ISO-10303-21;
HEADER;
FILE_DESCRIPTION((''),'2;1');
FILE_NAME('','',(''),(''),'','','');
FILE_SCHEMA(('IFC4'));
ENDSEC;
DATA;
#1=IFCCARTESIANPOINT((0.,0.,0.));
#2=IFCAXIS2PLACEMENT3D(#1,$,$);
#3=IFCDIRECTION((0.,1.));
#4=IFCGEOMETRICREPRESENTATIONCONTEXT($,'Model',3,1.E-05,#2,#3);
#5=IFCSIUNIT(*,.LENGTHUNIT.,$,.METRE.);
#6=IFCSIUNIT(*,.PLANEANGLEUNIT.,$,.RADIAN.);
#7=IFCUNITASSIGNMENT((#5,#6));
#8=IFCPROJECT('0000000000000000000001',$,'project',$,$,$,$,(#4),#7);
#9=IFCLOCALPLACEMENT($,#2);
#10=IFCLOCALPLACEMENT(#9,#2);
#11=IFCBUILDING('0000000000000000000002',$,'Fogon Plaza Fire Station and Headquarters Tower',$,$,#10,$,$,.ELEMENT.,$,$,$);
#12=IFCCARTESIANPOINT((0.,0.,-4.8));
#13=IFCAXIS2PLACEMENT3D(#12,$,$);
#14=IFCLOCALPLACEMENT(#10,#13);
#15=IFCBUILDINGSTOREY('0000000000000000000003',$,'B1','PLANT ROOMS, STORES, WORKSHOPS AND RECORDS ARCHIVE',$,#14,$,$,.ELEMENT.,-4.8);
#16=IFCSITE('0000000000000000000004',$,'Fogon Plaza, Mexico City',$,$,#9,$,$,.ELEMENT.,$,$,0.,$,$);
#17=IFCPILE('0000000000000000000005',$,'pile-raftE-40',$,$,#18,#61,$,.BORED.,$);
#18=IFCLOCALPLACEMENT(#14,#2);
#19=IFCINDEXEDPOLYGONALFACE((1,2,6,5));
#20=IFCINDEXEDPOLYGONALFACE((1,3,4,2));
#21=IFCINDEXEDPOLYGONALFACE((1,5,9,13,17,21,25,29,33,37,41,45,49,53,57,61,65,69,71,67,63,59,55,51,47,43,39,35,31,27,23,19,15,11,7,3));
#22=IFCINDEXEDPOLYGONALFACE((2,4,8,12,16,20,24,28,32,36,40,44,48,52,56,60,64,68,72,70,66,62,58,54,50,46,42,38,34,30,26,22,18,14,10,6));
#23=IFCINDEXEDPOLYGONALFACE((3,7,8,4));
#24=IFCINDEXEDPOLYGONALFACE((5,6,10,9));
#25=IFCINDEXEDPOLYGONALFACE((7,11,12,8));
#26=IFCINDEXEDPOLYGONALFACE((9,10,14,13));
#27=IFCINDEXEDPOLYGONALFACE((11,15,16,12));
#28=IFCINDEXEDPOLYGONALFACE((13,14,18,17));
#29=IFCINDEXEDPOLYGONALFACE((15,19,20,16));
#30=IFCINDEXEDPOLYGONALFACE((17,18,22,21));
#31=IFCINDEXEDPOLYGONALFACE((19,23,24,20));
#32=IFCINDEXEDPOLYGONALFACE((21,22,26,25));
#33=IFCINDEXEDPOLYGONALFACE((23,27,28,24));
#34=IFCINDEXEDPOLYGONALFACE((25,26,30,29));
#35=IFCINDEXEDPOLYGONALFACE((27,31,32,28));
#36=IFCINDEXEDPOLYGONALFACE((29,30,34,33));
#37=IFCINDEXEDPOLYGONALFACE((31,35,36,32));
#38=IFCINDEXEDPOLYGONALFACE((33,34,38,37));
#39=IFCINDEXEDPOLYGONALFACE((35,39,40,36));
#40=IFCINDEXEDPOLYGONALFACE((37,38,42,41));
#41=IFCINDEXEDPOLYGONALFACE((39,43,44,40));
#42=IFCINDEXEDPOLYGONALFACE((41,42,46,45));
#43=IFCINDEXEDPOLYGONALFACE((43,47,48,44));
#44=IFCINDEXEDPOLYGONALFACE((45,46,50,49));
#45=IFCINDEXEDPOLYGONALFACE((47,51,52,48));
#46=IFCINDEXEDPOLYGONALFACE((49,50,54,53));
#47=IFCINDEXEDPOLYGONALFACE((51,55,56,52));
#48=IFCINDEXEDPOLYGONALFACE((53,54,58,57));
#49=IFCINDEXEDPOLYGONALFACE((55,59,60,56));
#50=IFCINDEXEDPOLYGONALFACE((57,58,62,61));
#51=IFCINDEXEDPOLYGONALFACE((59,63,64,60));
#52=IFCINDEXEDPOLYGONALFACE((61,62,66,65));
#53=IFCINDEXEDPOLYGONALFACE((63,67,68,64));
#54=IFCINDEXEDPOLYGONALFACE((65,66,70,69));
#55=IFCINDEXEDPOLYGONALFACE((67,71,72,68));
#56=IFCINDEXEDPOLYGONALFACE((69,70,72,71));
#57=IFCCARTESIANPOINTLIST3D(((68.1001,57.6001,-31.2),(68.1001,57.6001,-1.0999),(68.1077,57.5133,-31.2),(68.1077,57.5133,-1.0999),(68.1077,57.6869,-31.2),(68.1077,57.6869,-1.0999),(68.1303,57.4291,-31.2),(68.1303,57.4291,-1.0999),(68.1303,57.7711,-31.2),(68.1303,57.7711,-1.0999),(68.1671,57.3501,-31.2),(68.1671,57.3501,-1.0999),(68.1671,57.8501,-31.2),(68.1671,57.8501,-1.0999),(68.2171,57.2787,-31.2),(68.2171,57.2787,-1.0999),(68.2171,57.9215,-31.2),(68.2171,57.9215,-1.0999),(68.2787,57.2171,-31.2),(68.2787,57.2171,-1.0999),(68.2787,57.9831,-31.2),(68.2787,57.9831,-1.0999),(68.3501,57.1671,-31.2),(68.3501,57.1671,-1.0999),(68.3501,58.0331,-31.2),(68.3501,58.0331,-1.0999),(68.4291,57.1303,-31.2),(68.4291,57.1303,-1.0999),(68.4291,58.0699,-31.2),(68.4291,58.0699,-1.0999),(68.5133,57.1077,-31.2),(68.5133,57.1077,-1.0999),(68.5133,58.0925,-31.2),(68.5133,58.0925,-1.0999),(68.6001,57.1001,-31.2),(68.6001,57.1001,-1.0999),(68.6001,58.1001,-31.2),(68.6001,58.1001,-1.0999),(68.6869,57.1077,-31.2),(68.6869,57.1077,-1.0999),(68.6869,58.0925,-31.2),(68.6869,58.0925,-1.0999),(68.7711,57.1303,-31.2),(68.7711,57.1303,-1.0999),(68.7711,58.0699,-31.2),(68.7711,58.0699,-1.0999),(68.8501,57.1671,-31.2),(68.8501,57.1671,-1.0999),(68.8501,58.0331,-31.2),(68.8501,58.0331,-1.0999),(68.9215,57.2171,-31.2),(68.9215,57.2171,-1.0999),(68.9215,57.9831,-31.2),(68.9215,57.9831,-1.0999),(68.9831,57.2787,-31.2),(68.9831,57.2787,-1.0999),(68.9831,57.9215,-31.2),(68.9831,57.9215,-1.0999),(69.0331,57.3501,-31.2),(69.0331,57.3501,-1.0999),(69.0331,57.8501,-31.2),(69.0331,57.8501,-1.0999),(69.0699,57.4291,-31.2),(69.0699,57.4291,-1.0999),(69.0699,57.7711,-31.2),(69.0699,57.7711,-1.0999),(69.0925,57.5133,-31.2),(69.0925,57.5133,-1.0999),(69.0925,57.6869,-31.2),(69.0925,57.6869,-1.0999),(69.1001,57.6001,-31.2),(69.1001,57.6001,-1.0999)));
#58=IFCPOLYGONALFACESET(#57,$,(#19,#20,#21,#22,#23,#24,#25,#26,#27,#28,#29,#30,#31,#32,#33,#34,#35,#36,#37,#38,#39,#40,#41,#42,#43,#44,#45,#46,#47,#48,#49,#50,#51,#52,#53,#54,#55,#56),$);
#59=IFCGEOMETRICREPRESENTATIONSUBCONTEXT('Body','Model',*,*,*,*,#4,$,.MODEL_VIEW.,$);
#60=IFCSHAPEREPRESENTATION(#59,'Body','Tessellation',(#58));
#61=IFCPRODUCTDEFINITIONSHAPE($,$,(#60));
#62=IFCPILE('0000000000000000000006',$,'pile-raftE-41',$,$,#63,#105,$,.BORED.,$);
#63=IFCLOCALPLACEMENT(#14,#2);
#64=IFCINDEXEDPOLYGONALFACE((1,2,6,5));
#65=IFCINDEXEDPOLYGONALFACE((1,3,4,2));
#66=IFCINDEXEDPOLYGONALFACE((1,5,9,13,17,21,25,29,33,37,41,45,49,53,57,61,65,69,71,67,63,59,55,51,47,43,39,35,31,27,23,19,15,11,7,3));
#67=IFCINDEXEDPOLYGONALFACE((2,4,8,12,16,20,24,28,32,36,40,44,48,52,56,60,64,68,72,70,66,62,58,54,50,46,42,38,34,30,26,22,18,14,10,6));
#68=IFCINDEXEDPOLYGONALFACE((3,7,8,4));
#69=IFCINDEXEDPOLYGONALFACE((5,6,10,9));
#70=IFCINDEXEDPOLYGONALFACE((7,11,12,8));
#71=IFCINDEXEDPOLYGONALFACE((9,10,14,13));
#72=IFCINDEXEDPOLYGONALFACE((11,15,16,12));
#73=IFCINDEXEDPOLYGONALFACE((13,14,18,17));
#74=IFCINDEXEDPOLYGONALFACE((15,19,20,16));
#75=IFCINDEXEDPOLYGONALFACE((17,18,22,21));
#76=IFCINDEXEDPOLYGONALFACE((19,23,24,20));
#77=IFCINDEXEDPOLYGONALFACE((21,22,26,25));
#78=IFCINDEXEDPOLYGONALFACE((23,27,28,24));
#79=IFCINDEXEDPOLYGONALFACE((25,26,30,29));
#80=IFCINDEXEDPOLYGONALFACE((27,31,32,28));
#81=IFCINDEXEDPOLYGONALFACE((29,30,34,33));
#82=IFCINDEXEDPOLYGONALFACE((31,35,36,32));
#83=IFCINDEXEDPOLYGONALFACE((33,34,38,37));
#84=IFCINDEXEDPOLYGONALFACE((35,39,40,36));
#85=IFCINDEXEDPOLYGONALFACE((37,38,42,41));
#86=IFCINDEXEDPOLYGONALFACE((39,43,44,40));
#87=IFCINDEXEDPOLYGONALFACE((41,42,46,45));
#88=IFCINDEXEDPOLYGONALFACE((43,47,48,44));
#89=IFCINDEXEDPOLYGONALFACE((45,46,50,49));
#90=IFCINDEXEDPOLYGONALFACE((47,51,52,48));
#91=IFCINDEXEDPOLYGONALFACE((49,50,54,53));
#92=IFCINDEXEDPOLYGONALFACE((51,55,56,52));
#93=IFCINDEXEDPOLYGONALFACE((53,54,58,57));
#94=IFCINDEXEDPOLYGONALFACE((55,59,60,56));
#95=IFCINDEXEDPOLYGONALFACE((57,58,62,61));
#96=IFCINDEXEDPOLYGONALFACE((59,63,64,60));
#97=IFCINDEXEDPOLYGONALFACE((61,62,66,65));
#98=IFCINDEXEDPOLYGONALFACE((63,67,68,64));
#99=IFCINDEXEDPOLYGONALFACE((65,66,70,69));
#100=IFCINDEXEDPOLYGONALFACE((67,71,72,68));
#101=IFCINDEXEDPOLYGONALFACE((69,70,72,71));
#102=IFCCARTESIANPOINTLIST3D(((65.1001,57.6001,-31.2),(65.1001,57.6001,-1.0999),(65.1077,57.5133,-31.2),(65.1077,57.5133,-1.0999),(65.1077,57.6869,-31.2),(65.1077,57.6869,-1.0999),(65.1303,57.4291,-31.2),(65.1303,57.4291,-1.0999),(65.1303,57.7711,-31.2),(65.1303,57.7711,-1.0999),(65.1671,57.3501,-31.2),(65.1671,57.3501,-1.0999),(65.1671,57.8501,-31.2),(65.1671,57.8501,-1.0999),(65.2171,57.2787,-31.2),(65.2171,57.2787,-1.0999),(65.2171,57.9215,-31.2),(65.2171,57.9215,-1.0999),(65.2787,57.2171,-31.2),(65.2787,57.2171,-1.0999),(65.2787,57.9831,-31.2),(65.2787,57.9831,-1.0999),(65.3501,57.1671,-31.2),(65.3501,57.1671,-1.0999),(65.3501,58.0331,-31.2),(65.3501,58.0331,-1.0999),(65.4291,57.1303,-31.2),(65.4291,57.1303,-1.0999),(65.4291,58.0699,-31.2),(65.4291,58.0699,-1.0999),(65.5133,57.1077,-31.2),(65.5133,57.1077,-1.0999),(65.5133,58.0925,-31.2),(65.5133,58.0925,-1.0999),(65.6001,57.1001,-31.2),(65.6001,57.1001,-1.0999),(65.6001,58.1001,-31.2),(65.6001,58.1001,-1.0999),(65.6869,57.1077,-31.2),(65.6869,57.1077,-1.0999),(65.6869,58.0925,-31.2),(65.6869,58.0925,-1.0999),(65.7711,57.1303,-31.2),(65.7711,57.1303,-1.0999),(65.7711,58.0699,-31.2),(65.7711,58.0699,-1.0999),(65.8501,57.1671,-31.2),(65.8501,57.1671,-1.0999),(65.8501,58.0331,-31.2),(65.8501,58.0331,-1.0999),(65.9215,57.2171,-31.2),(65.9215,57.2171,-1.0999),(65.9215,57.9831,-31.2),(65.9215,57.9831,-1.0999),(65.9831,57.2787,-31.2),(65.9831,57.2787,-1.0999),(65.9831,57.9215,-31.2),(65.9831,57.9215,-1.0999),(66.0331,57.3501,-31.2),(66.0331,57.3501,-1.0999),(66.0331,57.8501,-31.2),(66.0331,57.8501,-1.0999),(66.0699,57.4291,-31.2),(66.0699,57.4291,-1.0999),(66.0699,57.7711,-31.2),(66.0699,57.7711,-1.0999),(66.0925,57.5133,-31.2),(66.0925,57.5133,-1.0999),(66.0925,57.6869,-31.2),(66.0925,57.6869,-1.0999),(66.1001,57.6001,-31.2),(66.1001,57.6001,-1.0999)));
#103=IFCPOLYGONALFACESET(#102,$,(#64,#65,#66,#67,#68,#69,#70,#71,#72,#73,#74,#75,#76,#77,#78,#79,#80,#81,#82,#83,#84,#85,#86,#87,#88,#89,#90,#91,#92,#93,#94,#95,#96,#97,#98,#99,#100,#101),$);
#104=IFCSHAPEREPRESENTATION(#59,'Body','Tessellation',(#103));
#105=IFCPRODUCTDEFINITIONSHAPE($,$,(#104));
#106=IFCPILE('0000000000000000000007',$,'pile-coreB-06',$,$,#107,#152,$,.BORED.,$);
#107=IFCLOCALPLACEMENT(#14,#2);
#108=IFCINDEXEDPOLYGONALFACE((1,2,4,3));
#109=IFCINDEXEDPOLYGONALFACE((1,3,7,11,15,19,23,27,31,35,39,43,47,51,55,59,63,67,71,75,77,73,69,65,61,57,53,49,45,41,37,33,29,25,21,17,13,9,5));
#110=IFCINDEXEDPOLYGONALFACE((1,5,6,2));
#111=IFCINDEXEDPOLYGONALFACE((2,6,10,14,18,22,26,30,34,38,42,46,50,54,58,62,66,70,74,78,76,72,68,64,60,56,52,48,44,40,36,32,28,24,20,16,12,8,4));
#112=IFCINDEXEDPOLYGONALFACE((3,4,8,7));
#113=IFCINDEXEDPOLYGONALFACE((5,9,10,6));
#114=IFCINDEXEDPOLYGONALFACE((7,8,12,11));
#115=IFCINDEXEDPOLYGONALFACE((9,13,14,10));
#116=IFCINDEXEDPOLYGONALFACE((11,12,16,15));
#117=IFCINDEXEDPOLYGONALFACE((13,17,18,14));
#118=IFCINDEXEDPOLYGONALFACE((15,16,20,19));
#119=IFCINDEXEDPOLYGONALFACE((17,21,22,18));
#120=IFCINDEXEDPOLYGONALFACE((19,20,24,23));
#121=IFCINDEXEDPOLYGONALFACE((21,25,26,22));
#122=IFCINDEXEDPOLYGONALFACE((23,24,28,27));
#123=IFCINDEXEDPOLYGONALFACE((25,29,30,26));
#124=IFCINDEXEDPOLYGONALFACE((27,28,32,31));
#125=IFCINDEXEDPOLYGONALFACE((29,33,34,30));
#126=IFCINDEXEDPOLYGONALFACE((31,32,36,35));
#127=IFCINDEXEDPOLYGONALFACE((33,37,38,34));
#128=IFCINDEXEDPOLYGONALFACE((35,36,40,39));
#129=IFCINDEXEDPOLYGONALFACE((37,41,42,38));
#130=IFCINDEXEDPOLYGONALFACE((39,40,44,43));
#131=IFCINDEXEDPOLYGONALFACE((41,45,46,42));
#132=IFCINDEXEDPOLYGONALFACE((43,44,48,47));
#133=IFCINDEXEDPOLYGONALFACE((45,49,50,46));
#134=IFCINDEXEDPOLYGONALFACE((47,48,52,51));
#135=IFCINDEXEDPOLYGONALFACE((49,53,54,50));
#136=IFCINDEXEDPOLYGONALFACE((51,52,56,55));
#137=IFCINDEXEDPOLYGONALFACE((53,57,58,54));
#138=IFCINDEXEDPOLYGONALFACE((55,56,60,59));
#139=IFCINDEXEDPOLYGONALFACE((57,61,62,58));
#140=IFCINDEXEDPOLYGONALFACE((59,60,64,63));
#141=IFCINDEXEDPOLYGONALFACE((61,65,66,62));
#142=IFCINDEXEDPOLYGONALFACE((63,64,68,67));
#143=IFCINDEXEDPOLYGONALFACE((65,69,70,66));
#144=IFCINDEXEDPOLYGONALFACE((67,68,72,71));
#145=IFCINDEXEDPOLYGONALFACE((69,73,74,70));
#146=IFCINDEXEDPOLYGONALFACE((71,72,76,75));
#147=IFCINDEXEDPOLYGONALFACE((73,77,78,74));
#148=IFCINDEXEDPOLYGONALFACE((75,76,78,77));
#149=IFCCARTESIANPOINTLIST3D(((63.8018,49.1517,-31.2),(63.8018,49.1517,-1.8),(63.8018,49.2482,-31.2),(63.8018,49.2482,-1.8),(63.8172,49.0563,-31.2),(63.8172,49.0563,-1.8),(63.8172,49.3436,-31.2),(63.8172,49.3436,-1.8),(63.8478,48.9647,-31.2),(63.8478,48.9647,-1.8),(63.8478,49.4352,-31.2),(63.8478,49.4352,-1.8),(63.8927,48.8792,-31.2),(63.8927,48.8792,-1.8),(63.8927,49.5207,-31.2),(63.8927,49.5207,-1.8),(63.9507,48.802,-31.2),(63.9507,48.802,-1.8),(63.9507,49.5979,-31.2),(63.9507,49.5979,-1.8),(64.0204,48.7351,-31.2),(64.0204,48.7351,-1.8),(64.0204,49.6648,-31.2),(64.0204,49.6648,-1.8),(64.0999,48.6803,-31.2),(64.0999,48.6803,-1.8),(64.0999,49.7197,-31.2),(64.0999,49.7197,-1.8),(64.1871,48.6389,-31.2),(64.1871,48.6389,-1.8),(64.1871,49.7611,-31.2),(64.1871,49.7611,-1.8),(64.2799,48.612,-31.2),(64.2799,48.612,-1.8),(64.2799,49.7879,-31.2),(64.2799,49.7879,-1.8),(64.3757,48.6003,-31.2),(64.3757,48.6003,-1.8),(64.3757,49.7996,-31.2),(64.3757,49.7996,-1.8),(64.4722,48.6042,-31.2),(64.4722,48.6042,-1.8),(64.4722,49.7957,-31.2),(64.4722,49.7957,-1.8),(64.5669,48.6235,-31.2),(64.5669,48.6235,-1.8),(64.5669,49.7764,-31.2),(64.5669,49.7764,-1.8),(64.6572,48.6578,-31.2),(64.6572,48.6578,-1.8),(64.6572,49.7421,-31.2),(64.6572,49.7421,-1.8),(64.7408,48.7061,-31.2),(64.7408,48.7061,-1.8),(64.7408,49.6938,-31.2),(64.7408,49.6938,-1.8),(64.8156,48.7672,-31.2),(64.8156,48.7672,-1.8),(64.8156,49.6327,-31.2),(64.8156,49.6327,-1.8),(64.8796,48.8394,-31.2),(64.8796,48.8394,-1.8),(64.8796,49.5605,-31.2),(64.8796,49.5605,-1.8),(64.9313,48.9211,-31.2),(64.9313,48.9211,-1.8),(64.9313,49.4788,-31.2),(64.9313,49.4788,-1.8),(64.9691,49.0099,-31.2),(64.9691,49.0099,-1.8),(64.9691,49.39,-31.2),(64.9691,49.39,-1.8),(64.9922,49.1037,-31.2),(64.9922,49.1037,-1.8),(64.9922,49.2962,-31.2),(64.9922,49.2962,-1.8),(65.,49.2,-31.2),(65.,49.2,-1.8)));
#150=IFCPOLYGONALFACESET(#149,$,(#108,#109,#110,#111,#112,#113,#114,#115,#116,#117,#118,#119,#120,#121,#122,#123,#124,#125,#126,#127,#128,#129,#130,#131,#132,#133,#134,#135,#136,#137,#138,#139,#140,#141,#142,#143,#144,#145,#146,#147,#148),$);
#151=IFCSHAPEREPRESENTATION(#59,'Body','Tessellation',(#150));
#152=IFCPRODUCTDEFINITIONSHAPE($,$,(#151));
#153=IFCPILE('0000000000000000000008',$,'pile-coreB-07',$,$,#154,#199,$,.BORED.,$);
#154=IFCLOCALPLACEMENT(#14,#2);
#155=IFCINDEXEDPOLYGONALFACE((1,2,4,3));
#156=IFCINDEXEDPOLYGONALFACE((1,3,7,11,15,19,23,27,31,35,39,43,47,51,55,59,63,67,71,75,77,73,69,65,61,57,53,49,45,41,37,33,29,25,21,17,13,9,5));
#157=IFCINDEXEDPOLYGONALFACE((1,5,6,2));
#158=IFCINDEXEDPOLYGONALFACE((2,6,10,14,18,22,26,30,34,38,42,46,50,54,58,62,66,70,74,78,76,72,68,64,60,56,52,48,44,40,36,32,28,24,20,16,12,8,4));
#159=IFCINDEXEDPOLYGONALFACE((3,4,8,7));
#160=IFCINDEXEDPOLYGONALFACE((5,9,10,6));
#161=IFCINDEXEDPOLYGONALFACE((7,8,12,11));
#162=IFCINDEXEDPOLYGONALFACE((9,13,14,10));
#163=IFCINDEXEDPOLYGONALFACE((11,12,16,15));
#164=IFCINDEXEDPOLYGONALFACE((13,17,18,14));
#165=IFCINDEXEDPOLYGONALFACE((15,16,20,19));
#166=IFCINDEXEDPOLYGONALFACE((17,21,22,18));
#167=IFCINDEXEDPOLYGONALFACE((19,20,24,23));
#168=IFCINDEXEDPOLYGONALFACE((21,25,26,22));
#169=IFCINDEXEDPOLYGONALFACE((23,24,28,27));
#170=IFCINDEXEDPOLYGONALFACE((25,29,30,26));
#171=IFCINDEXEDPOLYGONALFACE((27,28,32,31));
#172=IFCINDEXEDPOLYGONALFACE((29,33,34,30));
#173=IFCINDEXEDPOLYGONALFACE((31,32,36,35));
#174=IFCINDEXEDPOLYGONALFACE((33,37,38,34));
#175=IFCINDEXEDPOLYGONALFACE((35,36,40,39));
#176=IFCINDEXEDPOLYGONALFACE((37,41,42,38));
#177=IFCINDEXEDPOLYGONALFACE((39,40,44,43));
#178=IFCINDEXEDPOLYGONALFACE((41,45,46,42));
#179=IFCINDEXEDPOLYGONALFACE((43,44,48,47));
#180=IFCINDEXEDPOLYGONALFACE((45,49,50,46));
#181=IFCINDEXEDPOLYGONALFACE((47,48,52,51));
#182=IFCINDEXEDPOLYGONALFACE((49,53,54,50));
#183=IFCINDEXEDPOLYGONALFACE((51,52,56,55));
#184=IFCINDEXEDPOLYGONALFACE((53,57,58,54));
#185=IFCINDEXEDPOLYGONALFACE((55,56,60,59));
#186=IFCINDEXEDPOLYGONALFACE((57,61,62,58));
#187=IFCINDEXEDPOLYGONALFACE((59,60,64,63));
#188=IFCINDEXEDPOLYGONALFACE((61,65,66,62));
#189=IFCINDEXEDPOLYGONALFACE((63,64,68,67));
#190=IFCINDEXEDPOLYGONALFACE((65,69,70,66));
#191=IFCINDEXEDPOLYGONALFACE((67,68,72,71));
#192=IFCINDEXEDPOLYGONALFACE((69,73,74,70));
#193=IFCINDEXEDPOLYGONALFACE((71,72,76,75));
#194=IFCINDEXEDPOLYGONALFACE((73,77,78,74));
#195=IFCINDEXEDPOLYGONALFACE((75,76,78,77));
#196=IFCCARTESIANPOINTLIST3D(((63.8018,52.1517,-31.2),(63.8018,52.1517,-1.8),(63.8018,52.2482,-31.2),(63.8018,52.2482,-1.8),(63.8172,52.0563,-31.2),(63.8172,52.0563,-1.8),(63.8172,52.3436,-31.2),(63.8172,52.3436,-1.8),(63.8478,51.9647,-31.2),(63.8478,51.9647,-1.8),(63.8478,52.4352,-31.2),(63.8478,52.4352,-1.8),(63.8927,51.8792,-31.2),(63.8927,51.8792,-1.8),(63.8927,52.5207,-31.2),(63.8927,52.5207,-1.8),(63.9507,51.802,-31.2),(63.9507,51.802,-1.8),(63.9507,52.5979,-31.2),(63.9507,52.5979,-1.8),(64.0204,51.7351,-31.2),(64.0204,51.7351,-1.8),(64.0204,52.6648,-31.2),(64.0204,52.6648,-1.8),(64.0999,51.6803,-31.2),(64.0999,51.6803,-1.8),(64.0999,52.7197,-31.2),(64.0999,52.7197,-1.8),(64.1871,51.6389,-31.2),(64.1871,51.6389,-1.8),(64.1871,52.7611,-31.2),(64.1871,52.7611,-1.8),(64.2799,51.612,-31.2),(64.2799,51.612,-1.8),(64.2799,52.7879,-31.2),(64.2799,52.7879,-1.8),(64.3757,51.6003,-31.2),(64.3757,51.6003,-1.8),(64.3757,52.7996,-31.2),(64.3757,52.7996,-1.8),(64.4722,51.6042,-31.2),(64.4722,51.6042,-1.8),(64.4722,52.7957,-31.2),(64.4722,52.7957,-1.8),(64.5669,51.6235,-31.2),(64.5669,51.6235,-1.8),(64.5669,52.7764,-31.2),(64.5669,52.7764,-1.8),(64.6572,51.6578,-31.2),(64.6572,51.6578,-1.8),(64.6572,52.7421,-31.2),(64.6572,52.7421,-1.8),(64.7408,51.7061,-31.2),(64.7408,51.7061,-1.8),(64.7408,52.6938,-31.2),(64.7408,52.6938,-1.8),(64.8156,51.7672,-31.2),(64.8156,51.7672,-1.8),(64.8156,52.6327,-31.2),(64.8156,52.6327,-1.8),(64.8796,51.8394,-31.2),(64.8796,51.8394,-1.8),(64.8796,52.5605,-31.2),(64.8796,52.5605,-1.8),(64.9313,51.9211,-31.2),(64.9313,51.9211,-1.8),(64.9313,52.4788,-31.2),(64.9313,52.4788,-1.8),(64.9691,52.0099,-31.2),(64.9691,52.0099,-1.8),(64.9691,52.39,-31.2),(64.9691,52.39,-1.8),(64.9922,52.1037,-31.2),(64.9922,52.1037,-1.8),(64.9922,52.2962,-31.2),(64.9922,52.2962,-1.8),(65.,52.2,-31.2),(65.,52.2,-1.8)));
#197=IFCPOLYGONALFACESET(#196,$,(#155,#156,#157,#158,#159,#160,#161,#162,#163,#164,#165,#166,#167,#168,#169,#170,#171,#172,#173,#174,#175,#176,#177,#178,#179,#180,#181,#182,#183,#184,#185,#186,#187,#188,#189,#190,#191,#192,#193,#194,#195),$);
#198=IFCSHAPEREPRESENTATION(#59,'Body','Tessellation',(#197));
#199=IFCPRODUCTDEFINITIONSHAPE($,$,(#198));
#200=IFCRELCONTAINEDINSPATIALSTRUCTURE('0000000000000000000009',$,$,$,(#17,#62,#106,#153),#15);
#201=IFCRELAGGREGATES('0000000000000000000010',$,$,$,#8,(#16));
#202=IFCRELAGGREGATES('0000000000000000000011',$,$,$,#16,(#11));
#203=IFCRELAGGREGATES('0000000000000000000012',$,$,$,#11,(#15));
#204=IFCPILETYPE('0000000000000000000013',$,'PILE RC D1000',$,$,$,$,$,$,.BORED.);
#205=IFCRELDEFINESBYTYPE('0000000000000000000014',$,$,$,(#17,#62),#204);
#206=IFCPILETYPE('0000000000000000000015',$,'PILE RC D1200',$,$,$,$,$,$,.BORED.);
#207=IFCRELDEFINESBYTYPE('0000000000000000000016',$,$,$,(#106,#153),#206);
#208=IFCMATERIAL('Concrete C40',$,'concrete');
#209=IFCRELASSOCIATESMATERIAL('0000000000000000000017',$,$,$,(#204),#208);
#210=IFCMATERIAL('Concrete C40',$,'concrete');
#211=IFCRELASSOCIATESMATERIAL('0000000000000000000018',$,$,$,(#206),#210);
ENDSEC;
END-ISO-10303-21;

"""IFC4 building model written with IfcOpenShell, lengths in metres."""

from ifc_helpers import new_model, si_unit, direction, frame, origin, origin_2d, place, context, subcontext, project, spatial, circle, extrude, material, material_profile, profile_set, type_object, element, save


model = new_model("IFC4")

# Units and contexts
model_context = context("Model", 3, precision=1e-05, world=origin(), true_north=direction((0.0, 1.0)))
body_context = subcontext(model_context, "Body", "Model", "MODEL_VIEW")
ifc_project = project(units=[si_unit("LENGTHUNIT", "METRE"), si_unit("PLANEANGLEUNIT", "RADIAN")], contexts=[model_context])

# Site, building, storey
site_placement = place(None, origin())
site = spatial("IfcSite", under=ifc_project, at=site_placement, Name="Fogon Plaza, Mexico City", CompositionType="ELEMENT", RefElevation=0.0)
building_placement = place(site_placement, origin())
building = spatial("IfcBuilding", under=site, at=building_placement, Name="Fogon Plaza Fire Station and Headquarters Tower", CompositionType="ELEMENT")
storey_placement = place(building_placement, frame((0.0, 0.0, -4.8)))
storey = spatial("IfcBuildingStorey", under=building, at=storey_placement, Name="B1", Description="PLANT ROOMS, STORES, WORKSHOPS AND RECORDS ARCHIVE", CompositionType="ELEMENT", Elevation=-4.8)

# Piles
ifc_material_1 = material(Name="Concrete C40", Category="concrete")
ifc_material_profile_1 = material_profile(ifc_material_1, circle(Radius=0.5, at=origin_2d()), Name="RC D1000")
ifc_profile_set_1 = profile_set([ifc_material_profile_1], Name="Concrete C40")
pile_type_1 = type_object("IfcPileType", Name="PILE RC D1000", PredefinedType="BORED", material=ifc_profile_set_1)
for number, where, z_axis, x_axis, name in (
    (1, (68.6001, 57.6001, -1.0999), (0.0, 0.0, -1.0), (1.0, 0.0, 0.0), "pile-raftE-40"),
    (2, (65.6001, 57.6001, -1.0999), (0.0, 0.0, -1.0), (1.0, 0.0, 0.0), "pile-raftE-41"),
):
    element("IfcPile", number, at=place(storey_placement, frame(where, z_axis=z_axis, x_axis=x_axis)), inside=storey, type_object=pile_type_1, Name=name, PredefinedType="BORED", context=body_context, shape_type="SweptSolid", body=[
        extrude(circle(Radius=0.5, at=origin_2d()), origin(), (0.0, 0.0, 1.0), 30.1001),
    ])
ifc_material_2 = material(Name="Concrete C40", Category="concrete")
ifc_material_profile_2 = material_profile(ifc_material_2, circle(Radius=0.6001, at=origin_2d()), Name="RC D1200")
ifc_profile_set_2 = profile_set([ifc_material_profile_2], Name="Concrete C40")
pile_type_2 = type_object("IfcPileType", Name="PILE RC D1200", PredefinedType="BORED", material=ifc_profile_set_2)
for number, where, z_axis, x_axis, name in (
    (3, (64.3999, 49.2, -1.8), (0.0, 0.0, -1.0), (1.0, 0.0, 0.0), "pile-coreB-06"),
    (4, (64.3999, 52.2, -1.8), (0.0, 0.0, -1.0), (1.0, 0.0, 0.0), "pile-coreB-07"),
):
    element("IfcPile", number, at=place(storey_placement, frame(where, z_axis=z_axis, x_axis=x_axis)), inside=storey, type_object=pile_type_2, Name=name, PredefinedType="BORED", context=body_context, shape_type="SweptSolid", body=[
        extrude(circle(Radius=0.6001, at=origin_2d()), origin(), (0.0, 0.0, 1.0), 29.3999),
    ])

save(model, "model.ifc")
